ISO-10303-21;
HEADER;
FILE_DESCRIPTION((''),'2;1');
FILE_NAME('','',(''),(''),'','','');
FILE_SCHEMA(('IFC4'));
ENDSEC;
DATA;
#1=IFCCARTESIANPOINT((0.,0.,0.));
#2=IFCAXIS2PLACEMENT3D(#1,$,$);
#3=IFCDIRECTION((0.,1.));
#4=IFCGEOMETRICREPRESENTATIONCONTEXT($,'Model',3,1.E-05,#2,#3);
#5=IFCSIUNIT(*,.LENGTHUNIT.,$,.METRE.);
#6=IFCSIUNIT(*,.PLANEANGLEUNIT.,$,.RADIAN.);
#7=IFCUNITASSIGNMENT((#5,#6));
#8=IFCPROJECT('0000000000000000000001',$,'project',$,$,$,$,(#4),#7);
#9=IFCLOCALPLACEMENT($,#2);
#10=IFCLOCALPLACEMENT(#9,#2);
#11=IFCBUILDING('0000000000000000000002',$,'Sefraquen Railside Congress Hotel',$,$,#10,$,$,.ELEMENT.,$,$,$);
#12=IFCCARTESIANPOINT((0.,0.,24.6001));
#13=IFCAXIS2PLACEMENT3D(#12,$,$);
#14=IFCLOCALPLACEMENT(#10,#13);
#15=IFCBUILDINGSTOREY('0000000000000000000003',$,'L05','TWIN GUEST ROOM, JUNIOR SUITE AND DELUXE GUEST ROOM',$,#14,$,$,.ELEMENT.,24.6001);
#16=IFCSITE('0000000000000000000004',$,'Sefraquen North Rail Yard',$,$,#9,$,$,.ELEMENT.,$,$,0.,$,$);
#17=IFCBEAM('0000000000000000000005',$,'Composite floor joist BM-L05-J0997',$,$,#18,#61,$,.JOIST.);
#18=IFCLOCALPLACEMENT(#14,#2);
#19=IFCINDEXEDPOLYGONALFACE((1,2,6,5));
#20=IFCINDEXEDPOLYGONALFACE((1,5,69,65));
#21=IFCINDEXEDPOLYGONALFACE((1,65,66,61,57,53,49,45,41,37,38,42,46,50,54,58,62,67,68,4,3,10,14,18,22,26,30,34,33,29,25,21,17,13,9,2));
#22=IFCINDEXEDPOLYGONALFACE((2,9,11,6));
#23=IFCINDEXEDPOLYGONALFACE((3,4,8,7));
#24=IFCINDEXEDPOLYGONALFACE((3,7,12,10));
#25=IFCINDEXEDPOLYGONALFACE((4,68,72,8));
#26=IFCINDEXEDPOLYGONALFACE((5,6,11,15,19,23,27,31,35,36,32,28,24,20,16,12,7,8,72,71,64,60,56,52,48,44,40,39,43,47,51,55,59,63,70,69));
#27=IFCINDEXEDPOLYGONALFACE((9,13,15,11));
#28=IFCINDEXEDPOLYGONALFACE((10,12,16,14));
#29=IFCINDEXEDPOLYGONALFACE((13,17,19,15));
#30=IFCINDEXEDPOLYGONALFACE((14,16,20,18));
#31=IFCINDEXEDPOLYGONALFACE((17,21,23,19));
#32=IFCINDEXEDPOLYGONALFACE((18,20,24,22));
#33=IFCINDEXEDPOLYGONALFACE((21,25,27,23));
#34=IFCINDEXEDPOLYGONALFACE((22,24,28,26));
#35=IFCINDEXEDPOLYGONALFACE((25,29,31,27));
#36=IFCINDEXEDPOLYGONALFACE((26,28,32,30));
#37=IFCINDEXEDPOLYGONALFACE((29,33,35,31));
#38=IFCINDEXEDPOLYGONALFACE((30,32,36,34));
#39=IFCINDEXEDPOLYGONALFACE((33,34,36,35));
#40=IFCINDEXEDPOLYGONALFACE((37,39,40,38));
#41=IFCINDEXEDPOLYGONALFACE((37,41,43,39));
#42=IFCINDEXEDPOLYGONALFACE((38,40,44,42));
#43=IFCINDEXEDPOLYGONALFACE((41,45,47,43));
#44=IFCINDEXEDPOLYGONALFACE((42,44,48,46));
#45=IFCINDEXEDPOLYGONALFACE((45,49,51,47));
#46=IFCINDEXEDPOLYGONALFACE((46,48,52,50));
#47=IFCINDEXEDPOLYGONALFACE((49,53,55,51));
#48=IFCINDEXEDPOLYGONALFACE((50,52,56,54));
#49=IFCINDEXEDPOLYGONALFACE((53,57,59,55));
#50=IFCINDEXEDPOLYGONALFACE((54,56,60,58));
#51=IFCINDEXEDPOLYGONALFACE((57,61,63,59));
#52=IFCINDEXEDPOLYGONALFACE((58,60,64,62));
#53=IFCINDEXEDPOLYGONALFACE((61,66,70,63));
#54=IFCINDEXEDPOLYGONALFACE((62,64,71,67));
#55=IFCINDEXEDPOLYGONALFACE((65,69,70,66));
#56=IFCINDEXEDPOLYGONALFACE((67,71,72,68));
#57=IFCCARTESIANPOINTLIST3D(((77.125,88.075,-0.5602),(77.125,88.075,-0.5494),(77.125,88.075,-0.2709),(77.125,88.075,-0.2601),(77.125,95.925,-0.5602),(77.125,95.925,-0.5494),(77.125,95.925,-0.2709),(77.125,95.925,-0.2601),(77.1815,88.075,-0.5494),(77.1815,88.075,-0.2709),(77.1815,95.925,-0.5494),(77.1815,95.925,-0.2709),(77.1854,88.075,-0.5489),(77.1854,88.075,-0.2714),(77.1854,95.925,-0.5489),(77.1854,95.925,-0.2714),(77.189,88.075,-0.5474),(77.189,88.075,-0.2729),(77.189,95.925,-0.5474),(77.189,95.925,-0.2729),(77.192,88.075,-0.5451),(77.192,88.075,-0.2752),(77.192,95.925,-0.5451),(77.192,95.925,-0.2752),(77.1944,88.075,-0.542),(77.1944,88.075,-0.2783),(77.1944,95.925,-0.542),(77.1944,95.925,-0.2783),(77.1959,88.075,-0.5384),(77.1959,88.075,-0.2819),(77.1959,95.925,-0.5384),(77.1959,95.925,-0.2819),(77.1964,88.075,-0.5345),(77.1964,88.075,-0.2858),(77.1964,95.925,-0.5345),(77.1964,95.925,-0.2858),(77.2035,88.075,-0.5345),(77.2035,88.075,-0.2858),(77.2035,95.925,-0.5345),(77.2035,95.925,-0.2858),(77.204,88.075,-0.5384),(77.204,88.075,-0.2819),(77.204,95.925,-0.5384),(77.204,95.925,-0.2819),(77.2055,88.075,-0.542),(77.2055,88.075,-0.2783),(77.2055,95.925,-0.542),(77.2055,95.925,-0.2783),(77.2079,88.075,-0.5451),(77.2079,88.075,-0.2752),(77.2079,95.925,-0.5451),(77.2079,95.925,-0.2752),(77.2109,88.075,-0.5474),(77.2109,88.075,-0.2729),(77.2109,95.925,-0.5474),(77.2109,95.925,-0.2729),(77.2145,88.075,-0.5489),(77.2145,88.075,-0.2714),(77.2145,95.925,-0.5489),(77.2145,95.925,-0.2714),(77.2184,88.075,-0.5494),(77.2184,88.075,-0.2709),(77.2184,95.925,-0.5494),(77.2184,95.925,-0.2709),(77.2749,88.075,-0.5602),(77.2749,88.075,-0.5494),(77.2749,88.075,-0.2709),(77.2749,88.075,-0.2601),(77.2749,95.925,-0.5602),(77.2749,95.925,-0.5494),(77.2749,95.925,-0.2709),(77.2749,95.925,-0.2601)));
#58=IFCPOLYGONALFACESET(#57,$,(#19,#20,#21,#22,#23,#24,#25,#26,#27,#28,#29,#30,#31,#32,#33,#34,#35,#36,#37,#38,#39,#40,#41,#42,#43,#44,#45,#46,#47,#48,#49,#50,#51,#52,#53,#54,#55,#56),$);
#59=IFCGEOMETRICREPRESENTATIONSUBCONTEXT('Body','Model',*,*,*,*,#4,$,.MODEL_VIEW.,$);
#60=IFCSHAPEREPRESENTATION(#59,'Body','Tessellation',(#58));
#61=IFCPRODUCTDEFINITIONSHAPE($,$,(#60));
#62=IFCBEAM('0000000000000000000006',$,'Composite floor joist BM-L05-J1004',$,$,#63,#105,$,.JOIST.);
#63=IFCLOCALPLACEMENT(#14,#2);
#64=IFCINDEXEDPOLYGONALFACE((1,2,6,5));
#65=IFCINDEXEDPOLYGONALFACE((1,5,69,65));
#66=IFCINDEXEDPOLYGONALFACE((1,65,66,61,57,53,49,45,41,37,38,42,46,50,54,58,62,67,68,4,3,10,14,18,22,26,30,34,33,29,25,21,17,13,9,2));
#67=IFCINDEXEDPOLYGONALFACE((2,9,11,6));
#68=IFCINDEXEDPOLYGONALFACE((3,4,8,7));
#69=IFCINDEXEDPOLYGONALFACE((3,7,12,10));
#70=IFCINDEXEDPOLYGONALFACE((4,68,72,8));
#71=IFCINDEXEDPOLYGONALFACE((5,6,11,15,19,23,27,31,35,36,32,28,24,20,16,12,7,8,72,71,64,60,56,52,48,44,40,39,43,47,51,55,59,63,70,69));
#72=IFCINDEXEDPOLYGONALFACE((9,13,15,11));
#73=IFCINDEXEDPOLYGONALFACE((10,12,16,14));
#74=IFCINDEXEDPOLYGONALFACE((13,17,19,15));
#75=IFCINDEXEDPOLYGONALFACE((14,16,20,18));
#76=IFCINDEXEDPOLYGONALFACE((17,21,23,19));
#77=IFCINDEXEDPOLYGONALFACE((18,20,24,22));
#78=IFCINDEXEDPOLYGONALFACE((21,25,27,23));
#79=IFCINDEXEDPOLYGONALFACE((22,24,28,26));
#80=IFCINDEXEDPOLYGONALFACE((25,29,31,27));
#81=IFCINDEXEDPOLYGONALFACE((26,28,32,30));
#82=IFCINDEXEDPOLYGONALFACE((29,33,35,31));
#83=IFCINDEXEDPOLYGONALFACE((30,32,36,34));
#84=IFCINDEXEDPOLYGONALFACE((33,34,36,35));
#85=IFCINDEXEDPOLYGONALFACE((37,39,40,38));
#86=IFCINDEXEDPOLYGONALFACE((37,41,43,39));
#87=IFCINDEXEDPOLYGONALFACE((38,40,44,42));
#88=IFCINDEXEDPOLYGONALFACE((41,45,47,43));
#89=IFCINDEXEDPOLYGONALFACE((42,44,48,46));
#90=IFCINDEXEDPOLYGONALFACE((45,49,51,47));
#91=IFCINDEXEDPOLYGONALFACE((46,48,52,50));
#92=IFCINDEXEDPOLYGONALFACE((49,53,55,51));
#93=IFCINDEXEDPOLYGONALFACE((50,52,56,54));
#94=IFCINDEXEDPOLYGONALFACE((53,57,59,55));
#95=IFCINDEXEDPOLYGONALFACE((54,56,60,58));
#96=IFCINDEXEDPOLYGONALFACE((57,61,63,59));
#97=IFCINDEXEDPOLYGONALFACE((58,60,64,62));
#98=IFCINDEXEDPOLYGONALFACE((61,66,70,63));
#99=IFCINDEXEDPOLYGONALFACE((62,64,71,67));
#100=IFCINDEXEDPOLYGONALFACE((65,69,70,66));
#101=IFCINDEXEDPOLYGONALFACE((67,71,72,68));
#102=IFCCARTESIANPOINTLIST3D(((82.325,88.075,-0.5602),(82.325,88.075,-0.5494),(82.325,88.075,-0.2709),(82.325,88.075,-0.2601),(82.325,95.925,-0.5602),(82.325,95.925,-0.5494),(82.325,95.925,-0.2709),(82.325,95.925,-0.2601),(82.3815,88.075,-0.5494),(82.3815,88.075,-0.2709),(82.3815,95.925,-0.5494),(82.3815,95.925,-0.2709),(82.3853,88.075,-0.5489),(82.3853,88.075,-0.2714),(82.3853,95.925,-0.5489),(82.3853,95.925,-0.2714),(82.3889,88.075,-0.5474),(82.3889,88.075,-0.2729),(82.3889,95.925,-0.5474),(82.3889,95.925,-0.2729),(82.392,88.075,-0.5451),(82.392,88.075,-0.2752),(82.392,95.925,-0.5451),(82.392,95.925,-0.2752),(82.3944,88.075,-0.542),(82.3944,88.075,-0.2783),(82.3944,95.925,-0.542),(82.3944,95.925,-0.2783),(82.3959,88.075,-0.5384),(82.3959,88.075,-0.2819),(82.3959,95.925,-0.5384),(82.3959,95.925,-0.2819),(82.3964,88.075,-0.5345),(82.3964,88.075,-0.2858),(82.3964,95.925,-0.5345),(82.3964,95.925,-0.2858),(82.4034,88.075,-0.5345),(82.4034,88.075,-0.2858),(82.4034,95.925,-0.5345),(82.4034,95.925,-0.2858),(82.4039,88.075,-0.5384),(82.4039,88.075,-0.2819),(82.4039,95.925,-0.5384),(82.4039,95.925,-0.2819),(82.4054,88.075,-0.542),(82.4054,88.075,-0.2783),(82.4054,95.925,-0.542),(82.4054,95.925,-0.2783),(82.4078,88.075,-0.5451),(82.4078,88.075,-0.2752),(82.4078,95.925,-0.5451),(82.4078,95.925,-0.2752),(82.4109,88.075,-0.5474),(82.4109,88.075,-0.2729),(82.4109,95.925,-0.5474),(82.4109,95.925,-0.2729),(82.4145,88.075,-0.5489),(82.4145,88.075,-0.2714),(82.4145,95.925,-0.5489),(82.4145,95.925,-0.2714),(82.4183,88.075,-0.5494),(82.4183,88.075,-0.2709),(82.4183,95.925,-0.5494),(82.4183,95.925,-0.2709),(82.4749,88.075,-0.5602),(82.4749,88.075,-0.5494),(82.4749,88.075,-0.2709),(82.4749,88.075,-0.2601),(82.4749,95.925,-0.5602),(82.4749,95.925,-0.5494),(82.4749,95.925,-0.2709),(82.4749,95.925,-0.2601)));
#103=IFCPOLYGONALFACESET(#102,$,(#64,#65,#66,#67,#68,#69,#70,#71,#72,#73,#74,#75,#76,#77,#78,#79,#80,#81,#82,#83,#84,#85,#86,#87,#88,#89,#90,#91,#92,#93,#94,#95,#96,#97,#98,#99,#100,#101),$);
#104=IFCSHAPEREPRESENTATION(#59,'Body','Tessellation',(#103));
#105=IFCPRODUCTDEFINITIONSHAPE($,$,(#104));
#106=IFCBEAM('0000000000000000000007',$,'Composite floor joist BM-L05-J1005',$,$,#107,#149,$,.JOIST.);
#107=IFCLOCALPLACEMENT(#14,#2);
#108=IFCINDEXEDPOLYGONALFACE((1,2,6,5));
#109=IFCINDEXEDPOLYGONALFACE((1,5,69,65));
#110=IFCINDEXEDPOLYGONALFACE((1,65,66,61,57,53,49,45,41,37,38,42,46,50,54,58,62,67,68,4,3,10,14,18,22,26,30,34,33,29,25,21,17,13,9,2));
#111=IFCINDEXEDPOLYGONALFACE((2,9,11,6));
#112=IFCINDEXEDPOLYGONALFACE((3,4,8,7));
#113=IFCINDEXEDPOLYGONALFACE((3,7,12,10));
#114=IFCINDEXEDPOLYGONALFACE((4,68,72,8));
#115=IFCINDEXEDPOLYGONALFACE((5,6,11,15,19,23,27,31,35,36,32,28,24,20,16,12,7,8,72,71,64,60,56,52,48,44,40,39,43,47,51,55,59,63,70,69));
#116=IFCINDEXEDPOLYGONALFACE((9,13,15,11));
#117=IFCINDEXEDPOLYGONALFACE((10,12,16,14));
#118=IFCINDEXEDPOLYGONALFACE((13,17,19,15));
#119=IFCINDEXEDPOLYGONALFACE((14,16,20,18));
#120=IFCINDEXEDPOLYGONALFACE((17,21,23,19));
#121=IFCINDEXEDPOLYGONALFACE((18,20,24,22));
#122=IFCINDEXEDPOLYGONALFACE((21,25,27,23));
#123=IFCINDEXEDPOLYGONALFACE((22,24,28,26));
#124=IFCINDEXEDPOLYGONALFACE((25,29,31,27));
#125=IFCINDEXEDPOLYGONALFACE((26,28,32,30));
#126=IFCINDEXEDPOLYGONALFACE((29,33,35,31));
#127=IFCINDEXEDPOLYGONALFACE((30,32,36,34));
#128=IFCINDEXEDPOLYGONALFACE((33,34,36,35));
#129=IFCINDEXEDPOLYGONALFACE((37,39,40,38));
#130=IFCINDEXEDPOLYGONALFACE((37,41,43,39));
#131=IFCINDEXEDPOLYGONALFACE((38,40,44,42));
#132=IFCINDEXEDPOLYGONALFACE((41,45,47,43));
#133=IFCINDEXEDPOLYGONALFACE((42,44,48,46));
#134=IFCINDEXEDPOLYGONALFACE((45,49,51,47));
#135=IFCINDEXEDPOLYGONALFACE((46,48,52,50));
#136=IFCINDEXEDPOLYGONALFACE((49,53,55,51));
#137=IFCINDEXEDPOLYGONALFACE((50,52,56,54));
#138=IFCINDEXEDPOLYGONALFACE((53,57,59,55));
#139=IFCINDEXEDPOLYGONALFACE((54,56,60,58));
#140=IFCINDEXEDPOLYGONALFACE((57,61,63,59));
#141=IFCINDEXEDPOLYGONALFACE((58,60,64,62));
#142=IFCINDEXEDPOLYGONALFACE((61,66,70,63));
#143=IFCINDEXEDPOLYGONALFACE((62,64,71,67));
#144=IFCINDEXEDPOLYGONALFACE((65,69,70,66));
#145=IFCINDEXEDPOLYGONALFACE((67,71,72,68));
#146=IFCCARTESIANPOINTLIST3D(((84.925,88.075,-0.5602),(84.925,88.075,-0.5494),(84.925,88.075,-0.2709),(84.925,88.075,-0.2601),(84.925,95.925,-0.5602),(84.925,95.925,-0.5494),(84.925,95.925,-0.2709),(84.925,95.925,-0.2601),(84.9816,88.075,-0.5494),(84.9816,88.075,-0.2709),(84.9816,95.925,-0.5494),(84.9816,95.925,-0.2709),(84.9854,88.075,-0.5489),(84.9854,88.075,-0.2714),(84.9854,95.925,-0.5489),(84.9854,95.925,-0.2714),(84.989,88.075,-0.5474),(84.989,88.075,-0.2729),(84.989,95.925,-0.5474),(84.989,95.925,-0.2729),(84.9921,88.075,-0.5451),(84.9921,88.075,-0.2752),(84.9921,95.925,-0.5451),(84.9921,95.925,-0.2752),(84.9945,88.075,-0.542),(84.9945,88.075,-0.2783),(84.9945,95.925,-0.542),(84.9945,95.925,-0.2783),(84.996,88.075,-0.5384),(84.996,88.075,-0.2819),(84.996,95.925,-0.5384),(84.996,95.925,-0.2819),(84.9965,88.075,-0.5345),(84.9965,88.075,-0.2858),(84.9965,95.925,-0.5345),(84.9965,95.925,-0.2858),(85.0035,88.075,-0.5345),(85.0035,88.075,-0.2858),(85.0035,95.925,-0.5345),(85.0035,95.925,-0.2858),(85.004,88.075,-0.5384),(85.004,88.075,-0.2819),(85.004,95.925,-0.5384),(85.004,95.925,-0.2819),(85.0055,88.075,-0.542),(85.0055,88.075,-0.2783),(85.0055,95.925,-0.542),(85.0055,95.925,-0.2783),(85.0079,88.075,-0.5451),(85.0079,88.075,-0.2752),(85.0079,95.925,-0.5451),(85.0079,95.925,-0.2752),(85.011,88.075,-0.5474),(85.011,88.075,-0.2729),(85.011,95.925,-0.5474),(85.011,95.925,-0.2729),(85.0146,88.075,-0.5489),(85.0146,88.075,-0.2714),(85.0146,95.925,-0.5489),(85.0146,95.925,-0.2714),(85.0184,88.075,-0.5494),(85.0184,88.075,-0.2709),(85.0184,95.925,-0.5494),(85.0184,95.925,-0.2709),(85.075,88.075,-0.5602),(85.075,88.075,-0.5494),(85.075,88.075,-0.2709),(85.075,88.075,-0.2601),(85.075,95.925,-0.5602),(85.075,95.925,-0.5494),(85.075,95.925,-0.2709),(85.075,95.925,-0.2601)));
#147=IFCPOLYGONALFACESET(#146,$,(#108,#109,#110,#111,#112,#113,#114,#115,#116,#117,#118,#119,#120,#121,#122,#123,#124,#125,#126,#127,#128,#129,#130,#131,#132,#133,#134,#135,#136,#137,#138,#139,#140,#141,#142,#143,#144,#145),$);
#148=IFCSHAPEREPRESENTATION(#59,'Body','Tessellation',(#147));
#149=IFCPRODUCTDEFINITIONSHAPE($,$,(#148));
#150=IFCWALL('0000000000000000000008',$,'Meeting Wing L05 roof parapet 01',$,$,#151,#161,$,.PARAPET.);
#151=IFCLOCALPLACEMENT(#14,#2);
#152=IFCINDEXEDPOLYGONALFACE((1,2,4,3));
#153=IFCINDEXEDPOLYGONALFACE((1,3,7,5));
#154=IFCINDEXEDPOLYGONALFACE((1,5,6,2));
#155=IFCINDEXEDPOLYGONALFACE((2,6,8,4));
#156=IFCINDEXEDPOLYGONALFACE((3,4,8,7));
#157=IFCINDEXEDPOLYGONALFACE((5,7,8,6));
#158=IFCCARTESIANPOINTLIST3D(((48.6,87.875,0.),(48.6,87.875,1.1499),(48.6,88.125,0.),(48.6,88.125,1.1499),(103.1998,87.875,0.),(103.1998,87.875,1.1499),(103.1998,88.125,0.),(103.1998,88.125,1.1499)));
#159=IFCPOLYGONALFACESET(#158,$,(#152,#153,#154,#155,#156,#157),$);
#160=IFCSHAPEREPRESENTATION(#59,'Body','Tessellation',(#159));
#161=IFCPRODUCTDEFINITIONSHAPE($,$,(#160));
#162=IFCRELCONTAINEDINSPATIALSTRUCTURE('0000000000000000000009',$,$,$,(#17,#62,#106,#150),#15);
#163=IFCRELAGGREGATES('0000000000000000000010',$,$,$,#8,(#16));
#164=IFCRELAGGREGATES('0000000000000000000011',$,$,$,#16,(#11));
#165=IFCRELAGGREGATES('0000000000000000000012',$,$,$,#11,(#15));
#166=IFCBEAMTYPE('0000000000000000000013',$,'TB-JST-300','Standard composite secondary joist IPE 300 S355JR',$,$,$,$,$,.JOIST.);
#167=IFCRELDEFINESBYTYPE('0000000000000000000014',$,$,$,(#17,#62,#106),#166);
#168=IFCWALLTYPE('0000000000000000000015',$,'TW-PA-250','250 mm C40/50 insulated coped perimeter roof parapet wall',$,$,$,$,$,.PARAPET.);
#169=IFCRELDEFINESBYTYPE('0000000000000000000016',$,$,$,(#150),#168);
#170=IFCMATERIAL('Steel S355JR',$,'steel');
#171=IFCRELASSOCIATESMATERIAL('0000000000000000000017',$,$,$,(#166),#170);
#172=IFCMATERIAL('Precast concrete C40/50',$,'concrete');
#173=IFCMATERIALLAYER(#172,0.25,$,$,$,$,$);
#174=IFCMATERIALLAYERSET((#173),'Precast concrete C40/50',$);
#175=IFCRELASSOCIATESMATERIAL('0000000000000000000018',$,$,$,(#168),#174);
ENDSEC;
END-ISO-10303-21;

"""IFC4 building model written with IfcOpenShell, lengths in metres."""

from ifc_helpers import new_model, si_unit, direction, frame, frame_2d, origin, origin_2d, place, context, subcontext, project, spatial, rectangle, i_section, extrude, material, layer, layer_set, material_profile, profile_set, type_object, element, save


model = new_model("IFC4")

# Units and contexts
model_context = context("Model", 3, precision=1e-05, world=origin(), true_north=direction((0.0, 1.0)))
body_context = subcontext(model_context, "Body", "Model", "MODEL_VIEW")
ifc_project = project(units=[si_unit("LENGTHUNIT", "METRE"), si_unit("PLANEANGLEUNIT", "RADIAN")], contexts=[model_context])

# Site, building, storey
site_placement = place(None, origin())
site = spatial("IfcSite", under=ifc_project, at=site_placement, Name="Sefraquen North Rail Yard", CompositionType="ELEMENT", RefElevation=0.0)
building_placement = place(site_placement, origin())
building = spatial("IfcBuilding", under=site, at=building_placement, Name="Sefraquen Railside Congress Hotel", CompositionType="ELEMENT")
storey_placement = place(building_placement, frame((0.0, 0.0, 24.6001)))
storey = spatial("IfcBuildingStorey", under=building, at=storey_placement, Name="L05", Description="TWIN GUEST ROOM, JUNIOR SUITE AND DELUXE GUEST ROOM", CompositionType="ELEMENT", Elevation=24.6001)

# Shared definitions
ifc_material_1 = material(Name="Steel S355JR", Category="steel")

# Beams
ifc_material_profile_1 = material_profile(ifc_material_1, i_section(OverallWidth=0.1499, OverallDepth=0.3, WebThickness=0.0071, FlangeThickness=0.0107, FilletRadius=0.0149, at=origin_2d()), Name="IPE 300")
ifc_profile_set_1 = profile_set([ifc_material_profile_1], Name="Steel S355JR")
beam_type_1 = type_object("IfcBeamType", Name="TB-JST-300", Description="Standard composite secondary joist IPE 300 S355JR", PredefinedType="JOIST", material=ifc_profile_set_1)
for number, where, z_axis, x_axis, name in (
    (1, (77.2, 88.075, -0.4102), (0.0, 1.0, 0.0), (-1.0, 0.0, 0.0), "Composite floor joist BM-L05-J0997"),
    (2, (82.3999, 88.075, -0.4102), (0.0, 1.0, 0.0), (-1.0, 0.0, 0.0), "Composite floor joist BM-L05-J1004"),
    (3, (85.0, 88.075, -0.4102), (0.0, 1.0, 0.0), (-1.0, 0.0, 0.0), "Composite floor joist BM-L05-J1005"),
):
    element("IfcBeam", number, at=place(storey_placement, frame(where, z_axis=z_axis, x_axis=x_axis)), inside=storey, type_object=beam_type_1, Name=name, PredefinedType="JOIST", context=body_context, shape_type="SweptSolid", body=[
        extrude(i_section(OverallWidth=0.1499, OverallDepth=0.3, WebThickness=0.0071, FlangeThickness=0.0107, FilletRadius=0.0149, at=origin_2d()), origin(), (0.0, 0.0, 1.0), 7.8501),
    ])

# Wall
ifc_material_2 = material(Name="Precast concrete C40/50", Category="concrete")
ifc_layer = layer(ifc_material_2, 0.25)
ifc_layer_set = layer_set([ifc_layer], Name="Precast concrete C40/50")
wall_type = type_object("IfcWallType", Name="TW-PA-250", Description="250 mm C40/50 insulated coped perimeter roof parapet wall", PredefinedType="PARAPET", material=ifc_layer_set)
wall_placement = place(storey_placement, frame((48.6001, 88.0, 0.0), z_axis=(0.0, 0.0, 1.0), x_axis=(1.0, 0.0, 0.0)))
element("IfcWall", 4, at=wall_placement, inside=storey, type_object=wall_type, Name="Meeting Wing L05 roof parapet 01", PredefinedType="PARAPET", context=body_context, shape_type="SweptSolid", body=[
    extrude(rectangle(XDim=54.5999, YDim=0.25, at=frame_2d((27.2998, 0.0))), origin(), (0.0, 0.0, 1.0), 1.1499),
])

save(model, "model.ifc")
